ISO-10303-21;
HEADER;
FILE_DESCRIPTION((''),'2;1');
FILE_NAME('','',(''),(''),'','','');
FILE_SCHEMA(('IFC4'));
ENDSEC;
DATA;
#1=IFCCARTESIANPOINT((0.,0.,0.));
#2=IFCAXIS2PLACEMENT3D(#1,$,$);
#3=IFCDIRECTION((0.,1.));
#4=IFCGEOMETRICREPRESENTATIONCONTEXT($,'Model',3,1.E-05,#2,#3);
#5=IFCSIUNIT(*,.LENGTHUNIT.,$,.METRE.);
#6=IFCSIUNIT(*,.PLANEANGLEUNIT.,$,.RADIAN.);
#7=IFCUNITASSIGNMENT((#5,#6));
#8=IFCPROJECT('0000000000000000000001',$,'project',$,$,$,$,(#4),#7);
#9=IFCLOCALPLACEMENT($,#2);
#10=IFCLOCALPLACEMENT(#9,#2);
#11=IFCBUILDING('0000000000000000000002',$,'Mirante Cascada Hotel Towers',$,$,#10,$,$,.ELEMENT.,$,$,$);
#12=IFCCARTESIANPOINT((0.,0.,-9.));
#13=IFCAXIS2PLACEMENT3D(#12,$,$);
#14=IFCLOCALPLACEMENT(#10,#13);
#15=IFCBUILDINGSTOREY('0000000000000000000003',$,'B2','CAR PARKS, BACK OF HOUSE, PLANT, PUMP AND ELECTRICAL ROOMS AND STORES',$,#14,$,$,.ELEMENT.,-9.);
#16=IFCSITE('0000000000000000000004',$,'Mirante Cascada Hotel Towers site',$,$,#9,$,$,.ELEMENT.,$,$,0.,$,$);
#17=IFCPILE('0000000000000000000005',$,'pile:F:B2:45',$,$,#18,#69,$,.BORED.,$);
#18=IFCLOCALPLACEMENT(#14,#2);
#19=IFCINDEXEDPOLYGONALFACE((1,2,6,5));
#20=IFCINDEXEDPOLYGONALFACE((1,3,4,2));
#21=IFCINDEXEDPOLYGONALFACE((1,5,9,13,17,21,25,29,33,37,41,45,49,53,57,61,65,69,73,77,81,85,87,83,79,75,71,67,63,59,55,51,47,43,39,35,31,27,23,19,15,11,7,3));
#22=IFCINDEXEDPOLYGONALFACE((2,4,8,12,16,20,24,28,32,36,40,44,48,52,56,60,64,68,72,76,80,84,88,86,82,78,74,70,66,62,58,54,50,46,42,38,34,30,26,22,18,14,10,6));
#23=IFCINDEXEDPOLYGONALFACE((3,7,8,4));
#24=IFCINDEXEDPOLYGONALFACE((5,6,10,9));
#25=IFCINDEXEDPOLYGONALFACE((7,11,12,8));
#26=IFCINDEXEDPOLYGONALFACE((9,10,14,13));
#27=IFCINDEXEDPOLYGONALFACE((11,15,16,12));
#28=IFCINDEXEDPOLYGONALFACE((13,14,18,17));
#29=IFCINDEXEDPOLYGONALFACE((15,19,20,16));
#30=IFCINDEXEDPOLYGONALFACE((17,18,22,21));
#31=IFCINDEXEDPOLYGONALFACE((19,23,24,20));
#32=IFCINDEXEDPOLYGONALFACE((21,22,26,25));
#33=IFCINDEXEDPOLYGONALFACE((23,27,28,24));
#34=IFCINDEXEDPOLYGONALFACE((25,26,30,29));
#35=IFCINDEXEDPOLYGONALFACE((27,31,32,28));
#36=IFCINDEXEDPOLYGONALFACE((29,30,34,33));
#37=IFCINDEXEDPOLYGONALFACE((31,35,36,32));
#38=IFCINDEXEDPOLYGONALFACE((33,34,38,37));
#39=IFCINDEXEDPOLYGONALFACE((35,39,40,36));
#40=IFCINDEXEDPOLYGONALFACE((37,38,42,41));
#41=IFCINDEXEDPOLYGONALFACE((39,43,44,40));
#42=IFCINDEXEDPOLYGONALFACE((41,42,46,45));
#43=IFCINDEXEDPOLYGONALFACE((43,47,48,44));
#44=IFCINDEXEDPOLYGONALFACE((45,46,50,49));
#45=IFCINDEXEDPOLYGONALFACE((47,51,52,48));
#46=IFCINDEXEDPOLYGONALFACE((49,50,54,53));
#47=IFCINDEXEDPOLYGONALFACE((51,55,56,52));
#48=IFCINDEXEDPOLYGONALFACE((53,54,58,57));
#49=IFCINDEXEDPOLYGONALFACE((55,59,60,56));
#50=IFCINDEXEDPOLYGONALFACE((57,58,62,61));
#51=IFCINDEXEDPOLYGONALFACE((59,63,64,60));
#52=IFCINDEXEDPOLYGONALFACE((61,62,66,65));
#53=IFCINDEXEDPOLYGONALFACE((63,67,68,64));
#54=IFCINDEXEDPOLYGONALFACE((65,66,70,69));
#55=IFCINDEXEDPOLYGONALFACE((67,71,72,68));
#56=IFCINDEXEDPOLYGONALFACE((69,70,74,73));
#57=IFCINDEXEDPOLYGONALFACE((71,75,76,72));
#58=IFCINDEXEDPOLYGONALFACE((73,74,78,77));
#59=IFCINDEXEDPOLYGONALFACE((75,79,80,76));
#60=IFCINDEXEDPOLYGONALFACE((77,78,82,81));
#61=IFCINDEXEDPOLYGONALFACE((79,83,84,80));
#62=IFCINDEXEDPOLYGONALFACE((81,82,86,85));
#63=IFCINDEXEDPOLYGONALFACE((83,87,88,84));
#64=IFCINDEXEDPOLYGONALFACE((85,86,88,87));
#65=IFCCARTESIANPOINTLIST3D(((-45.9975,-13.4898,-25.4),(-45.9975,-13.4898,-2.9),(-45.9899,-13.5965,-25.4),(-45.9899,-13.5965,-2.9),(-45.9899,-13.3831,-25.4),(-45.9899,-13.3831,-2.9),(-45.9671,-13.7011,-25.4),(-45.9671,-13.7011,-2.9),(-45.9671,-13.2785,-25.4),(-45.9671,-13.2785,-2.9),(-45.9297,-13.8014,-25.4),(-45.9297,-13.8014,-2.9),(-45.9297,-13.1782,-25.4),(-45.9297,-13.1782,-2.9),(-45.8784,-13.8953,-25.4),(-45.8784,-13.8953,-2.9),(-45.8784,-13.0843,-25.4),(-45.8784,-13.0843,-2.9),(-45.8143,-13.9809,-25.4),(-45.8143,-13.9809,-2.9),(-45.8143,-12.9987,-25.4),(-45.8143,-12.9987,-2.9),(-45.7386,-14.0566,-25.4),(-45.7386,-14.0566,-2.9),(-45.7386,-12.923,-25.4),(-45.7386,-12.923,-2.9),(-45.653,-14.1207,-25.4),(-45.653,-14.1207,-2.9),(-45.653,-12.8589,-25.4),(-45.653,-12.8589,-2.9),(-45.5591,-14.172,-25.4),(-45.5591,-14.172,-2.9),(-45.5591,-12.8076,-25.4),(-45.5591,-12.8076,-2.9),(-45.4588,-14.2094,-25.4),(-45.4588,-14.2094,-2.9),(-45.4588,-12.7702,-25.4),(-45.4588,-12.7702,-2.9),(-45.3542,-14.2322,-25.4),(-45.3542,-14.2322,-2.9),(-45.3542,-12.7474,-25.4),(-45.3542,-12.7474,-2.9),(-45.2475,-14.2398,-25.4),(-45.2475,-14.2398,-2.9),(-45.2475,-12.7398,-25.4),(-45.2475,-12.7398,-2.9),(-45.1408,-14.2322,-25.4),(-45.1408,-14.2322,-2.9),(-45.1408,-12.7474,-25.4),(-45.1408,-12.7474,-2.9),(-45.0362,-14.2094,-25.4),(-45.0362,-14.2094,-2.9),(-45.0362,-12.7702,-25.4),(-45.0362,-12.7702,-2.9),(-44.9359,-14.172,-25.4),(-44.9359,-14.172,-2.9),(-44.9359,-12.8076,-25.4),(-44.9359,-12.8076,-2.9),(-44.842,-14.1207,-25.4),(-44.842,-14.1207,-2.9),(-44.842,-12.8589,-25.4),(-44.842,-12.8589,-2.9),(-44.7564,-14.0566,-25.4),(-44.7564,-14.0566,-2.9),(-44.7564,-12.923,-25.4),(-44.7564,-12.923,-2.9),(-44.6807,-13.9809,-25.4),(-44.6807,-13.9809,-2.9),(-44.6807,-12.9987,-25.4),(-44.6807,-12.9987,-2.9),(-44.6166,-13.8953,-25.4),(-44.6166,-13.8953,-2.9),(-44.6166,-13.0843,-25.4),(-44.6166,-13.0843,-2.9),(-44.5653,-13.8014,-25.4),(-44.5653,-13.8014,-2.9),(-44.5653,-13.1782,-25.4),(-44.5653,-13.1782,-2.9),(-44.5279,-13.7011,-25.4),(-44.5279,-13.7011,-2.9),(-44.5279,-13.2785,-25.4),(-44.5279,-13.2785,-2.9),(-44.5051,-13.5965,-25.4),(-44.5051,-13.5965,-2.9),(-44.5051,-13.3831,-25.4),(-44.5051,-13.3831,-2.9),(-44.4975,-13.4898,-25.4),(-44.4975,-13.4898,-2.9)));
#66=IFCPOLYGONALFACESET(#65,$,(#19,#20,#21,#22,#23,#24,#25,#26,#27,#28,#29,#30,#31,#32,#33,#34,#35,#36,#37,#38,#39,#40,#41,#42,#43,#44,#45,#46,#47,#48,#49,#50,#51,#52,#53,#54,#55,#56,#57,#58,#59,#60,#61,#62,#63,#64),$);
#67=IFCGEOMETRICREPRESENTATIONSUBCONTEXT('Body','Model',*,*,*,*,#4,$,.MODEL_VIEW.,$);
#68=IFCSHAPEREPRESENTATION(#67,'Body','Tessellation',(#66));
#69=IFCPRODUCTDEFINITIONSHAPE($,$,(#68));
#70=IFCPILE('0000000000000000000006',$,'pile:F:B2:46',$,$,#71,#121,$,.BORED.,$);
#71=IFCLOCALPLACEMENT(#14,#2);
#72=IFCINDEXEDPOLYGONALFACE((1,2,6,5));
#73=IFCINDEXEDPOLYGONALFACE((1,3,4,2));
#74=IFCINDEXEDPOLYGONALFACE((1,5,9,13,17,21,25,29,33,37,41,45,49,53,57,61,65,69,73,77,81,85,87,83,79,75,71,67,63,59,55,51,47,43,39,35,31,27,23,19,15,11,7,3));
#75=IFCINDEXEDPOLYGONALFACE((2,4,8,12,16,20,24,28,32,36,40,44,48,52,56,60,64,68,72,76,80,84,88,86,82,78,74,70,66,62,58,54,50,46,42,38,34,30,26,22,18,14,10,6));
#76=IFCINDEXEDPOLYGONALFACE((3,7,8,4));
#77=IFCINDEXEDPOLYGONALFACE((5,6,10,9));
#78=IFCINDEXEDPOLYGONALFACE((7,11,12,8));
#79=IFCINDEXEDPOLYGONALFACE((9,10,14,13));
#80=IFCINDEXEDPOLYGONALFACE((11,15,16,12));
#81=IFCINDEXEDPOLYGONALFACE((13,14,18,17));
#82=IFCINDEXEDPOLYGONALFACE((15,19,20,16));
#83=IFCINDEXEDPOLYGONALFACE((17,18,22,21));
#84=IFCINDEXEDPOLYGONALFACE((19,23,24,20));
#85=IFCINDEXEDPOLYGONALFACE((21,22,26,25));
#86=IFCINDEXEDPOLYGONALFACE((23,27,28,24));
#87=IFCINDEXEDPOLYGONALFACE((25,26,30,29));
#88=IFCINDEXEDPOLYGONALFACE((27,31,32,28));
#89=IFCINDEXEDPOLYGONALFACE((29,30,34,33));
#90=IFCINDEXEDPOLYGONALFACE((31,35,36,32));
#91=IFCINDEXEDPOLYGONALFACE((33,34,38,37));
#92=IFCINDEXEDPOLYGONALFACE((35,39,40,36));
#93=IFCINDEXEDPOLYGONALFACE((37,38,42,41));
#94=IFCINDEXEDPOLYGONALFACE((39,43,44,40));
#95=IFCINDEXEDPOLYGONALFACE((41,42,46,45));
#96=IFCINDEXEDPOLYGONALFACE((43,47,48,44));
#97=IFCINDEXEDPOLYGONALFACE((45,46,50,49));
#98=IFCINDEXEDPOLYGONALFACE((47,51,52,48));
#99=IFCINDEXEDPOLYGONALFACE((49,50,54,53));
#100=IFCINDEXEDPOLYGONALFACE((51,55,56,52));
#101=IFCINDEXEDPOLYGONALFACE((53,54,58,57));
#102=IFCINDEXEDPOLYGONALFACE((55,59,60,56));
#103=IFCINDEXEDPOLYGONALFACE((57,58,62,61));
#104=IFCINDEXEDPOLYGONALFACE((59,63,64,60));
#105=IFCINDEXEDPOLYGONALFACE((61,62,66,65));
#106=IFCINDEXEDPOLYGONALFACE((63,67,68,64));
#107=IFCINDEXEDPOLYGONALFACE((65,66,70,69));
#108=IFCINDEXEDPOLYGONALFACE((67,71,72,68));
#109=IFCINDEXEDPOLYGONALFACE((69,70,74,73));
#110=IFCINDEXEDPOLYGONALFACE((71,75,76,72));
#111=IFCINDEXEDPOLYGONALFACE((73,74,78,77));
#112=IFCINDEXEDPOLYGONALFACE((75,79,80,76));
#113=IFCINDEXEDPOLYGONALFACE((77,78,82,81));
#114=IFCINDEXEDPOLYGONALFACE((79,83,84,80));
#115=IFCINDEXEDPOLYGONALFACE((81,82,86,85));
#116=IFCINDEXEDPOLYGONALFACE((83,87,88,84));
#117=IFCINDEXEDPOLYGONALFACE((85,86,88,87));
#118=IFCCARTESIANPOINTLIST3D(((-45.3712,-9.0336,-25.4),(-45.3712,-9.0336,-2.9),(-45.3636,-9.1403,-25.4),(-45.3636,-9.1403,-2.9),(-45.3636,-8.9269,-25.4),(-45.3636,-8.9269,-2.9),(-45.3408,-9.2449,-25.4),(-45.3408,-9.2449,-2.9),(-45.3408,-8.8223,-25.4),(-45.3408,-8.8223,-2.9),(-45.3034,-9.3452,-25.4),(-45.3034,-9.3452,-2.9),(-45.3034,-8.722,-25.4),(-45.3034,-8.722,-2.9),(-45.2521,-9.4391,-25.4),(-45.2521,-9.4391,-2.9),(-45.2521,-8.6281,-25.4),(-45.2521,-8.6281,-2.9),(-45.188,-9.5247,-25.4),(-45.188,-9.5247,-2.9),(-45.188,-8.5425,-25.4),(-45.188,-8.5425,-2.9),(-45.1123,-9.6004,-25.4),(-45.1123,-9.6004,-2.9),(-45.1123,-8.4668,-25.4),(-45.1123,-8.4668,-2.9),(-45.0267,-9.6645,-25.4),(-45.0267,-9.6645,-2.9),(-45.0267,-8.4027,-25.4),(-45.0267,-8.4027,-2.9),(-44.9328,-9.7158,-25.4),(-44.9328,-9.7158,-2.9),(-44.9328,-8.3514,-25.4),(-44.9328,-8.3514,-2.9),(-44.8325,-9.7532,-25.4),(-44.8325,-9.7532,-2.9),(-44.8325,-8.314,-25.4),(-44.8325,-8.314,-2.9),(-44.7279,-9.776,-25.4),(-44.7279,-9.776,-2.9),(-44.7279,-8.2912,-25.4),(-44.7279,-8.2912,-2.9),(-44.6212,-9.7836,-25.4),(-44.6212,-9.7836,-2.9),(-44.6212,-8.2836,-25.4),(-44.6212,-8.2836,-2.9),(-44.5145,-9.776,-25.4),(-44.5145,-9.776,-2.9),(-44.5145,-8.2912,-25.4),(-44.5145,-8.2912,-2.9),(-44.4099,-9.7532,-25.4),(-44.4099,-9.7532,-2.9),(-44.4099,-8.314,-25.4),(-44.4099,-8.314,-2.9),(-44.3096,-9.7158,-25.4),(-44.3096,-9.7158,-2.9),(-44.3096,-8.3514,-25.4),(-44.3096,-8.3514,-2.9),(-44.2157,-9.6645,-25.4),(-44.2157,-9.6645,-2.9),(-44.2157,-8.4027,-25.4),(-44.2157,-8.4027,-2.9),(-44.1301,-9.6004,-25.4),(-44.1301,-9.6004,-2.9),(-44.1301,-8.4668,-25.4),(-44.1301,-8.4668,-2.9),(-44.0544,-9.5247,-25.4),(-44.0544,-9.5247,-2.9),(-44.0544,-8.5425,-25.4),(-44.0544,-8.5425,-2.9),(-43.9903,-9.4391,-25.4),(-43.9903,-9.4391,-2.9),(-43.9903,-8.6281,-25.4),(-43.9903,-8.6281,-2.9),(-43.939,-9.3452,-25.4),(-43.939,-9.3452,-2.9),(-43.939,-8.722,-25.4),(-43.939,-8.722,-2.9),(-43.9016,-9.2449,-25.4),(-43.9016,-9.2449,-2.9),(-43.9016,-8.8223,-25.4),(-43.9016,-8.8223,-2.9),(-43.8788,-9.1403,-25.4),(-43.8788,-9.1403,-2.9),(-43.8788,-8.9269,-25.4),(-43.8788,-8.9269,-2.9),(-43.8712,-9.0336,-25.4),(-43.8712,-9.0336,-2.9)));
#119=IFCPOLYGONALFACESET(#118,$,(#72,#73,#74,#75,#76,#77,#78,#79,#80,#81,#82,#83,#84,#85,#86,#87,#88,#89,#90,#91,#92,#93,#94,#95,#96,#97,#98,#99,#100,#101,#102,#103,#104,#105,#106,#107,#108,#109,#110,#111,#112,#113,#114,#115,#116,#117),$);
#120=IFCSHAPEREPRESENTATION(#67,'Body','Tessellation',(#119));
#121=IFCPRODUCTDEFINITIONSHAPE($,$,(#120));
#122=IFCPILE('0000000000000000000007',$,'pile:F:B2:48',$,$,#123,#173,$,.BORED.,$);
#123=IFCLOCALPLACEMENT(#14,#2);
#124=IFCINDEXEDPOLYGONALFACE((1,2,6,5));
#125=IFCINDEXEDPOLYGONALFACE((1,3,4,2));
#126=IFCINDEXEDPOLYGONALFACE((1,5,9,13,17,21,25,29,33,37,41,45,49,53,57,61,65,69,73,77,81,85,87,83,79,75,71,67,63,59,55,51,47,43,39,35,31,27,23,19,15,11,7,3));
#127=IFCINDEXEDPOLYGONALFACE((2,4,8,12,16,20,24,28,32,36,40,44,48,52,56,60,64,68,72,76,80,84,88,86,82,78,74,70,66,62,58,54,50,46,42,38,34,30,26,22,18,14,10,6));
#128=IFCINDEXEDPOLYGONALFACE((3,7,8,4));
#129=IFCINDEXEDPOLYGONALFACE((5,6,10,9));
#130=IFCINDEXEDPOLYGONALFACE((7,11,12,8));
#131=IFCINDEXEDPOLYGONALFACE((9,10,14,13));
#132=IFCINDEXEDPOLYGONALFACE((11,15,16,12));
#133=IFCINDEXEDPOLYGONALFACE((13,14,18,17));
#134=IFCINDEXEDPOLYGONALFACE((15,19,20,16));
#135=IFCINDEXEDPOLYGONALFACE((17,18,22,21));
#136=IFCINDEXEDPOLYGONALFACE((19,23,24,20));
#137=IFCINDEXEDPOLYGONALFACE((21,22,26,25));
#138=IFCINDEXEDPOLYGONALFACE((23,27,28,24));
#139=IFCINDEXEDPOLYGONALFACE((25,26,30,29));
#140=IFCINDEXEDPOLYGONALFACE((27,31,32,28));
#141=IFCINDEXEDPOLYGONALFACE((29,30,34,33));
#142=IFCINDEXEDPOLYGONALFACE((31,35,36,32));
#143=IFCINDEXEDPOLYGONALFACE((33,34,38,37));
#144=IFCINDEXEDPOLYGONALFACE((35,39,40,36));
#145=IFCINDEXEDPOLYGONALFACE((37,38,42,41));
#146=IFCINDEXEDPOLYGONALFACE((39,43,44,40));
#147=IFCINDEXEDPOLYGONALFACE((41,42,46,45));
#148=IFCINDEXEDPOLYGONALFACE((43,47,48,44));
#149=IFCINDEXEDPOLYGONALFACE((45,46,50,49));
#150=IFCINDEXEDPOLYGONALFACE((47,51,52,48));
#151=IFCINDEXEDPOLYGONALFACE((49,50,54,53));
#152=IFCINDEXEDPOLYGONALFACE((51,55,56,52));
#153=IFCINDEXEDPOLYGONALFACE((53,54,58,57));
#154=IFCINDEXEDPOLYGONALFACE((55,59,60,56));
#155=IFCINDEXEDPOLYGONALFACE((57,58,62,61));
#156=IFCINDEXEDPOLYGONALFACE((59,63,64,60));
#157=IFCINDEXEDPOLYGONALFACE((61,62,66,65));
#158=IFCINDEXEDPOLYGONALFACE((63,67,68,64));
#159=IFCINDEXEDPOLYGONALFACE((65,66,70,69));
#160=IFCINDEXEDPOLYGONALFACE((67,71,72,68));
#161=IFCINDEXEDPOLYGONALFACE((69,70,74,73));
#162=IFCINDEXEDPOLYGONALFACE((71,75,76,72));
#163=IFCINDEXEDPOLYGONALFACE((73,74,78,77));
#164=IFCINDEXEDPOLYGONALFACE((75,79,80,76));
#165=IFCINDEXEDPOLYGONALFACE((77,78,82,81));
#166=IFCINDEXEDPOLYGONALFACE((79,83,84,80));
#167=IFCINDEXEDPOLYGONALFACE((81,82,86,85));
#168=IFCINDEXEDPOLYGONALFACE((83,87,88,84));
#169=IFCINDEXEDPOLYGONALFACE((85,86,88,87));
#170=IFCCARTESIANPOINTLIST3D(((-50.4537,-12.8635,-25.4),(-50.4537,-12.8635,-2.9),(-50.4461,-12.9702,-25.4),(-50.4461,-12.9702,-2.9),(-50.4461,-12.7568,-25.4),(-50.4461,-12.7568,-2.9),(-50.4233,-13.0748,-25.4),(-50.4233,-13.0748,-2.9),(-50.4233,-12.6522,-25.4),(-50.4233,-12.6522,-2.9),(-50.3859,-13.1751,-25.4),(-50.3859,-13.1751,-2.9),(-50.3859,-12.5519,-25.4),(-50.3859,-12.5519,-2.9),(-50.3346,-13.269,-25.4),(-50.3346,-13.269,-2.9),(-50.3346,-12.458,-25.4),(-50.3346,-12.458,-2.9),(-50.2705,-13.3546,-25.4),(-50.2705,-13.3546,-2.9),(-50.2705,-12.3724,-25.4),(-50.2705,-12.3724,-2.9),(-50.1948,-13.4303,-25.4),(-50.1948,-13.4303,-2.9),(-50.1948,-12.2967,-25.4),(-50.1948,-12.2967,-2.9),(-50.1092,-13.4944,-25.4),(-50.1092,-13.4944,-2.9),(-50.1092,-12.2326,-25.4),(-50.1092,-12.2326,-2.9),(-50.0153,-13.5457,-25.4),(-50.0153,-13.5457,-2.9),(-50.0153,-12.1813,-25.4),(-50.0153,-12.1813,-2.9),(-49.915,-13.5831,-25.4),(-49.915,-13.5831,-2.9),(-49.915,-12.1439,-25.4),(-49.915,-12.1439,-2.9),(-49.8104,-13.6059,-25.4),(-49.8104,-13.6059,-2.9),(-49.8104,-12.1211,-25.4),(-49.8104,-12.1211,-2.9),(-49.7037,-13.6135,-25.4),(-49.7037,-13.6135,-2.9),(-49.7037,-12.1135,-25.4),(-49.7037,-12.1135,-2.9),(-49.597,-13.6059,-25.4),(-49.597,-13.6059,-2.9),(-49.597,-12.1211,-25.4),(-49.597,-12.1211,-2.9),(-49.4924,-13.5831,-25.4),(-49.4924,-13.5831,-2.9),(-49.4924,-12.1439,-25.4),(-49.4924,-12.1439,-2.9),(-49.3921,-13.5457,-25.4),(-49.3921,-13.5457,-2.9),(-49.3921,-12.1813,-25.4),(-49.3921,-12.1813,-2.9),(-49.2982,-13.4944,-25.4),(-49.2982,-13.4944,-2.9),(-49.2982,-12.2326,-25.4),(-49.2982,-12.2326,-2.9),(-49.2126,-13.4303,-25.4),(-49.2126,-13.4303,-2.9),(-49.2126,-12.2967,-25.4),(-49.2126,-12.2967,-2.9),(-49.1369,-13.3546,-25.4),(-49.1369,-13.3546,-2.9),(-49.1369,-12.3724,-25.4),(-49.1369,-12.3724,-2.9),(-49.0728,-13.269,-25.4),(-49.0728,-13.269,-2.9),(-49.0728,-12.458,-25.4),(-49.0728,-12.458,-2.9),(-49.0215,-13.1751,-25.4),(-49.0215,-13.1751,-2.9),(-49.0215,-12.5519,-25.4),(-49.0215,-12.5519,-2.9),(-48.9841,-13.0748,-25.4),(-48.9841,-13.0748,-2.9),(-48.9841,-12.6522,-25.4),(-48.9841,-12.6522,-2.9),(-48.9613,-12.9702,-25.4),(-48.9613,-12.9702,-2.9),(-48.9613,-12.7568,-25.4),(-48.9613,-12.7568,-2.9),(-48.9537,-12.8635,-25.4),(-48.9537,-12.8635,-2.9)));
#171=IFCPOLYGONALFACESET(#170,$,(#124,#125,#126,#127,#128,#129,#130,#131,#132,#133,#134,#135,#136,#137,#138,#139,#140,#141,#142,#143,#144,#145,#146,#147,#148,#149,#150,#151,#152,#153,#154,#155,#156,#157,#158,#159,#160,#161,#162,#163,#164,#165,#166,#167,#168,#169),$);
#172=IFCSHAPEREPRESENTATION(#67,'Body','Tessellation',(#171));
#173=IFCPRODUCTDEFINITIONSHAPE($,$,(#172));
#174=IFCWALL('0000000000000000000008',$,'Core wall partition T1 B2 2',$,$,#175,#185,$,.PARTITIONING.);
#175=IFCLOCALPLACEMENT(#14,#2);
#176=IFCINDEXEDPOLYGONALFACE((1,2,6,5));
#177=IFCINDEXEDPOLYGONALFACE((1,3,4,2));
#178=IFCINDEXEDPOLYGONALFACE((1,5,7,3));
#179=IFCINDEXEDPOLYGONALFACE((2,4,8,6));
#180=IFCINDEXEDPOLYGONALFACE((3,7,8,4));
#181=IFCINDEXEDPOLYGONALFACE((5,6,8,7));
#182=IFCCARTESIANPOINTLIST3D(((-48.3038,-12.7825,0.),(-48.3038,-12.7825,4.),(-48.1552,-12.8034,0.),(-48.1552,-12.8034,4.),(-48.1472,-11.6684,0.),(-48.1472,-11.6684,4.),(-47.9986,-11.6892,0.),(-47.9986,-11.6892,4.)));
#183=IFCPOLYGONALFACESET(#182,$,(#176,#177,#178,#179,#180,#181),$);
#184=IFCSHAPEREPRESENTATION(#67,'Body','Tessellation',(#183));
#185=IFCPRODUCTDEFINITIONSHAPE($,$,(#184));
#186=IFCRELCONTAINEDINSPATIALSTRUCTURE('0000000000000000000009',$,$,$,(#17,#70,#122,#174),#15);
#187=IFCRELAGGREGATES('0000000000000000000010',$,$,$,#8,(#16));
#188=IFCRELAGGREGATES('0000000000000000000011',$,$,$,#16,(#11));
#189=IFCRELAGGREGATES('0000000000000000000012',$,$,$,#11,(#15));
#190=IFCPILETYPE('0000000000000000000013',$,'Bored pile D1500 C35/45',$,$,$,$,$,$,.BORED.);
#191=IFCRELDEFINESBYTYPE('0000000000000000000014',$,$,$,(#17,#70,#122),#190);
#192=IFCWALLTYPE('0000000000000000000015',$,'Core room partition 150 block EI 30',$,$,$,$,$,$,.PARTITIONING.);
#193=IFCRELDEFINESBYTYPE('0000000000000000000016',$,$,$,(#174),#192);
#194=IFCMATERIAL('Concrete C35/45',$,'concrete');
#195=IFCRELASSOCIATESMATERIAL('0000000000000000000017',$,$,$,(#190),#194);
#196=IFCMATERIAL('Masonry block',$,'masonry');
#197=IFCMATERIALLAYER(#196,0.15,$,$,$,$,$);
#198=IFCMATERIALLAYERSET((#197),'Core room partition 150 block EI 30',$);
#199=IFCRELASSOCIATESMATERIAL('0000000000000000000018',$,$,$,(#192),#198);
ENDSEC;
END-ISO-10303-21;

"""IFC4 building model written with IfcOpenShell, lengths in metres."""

from ifc_helpers import new_model, si_unit, direction, frame, frame_2d, origin, origin_2d, place, context, subcontext, project, spatial, rectangle, circle, extrude, material, layer, layer_set, material_profile, profile_set, type_object, element, save


model = new_model("IFC4")

# Units and contexts
model_context = context("Model", 3, precision=1e-05, world=origin(), true_north=direction((0.0, 1.0)))
body_context = subcontext(model_context, "Body", "Model", "MODEL_VIEW")
ifc_project = project(units=[si_unit("LENGTHUNIT", "METRE"), si_unit("PLANEANGLEUNIT", "RADIAN")], contexts=[model_context])

# Site, building, storey
site_placement = place(None, origin())
site = spatial("IfcSite", under=ifc_project, at=site_placement, Name="Mirante Cascada Hotel Towers site", CompositionType="ELEMENT", RefElevation=0.0)
building_placement = place(site_placement, origin())
building = spatial("IfcBuilding", under=site, at=building_placement, Name="Mirante Cascada Hotel Towers", CompositionType="ELEMENT")
storey_placement = place(building_placement, frame((0.0, 0.0, -9.0)))
storey = spatial("IfcBuildingStorey", under=building, at=storey_placement, Name="B2", Description="CAR PARKS, BACK OF HOUSE, PLANT, PUMP AND ELECTRICAL ROOMS AND STORES", CompositionType="ELEMENT", Elevation=-9.0)

# Piles
ifc_material_1 = material(Name="Concrete C35/45", Category="concrete")
ifc_material_profile = material_profile(ifc_material_1, circle(Radius=0.75, at=origin_2d()), Name="RC D1500")
ifc_profile_set = profile_set([ifc_material_profile], Name="Concrete C35/45")
pile_type = type_object("IfcPileType", Name="Bored pile D1500 C35/45", PredefinedType="BORED", material=ifc_profile_set)
for number, where, z_axis, x_axis, name in (
    (1, (-45.2475, -13.4898, -2.9), (0.0, 0.0, -1.0), (1.0, 0.0, 0.0), "pile:F:B2:45"),
    (2, (-44.6212, -9.0336, -2.9), (0.0, 0.0, -1.0), (1.0, 0.0, 0.0), "pile:F:B2:46"),
    (3, (-49.7037, -12.8635, -2.9), (0.0, 0.0, -1.0), (1.0, 0.0, 0.0), "pile:F:B2:48"),
):
    element("IfcPile", number, at=place(storey_placement, frame(where, z_axis=z_axis, x_axis=x_axis)), inside=storey, type_object=pile_type, Name=name, PredefinedType="BORED", context=body_context, shape_type="SweptSolid", body=[
        extrude(circle(Radius=0.75, at=origin_2d()), origin(), (0.0, 0.0, 1.0), 22.5),
    ])

# Wall
ifc_material_2 = material(Name="Masonry block", Category="masonry")
ifc_layer_1 = layer(ifc_material_2, 0.15)
ifc_layer_set_1 = layer_set([ifc_layer_1], Name="Core room partition 150 block EI 30")
wall_type_1 = type_object("IfcWallType", Name="Core room partition 150 block EI 30", PredefinedType="PARTITIONING", material=ifc_layer_set_1)
wall_1_placement = place(storey_placement, frame((-48.2295, -12.793, 0.0), z_axis=(0.0, 0.0, 1.0), x_axis=(0.139193, 0.990265, 0.0)))
element("IfcWall", 4, at=wall_1_placement, inside=storey, type_object=wall_type_1, Name="Core wall partition T1 B2 2", PredefinedType="PARTITIONING", context=body_context, shape_type="SweptSolid", body=[
    extrude(rectangle(XDim=1.1251, YDim=0.15, at=frame_2d((0.5626, 0.0))), origin(), (0.0, 0.0, 1.0), 4.0),
])

save(model, "model.ifc")
